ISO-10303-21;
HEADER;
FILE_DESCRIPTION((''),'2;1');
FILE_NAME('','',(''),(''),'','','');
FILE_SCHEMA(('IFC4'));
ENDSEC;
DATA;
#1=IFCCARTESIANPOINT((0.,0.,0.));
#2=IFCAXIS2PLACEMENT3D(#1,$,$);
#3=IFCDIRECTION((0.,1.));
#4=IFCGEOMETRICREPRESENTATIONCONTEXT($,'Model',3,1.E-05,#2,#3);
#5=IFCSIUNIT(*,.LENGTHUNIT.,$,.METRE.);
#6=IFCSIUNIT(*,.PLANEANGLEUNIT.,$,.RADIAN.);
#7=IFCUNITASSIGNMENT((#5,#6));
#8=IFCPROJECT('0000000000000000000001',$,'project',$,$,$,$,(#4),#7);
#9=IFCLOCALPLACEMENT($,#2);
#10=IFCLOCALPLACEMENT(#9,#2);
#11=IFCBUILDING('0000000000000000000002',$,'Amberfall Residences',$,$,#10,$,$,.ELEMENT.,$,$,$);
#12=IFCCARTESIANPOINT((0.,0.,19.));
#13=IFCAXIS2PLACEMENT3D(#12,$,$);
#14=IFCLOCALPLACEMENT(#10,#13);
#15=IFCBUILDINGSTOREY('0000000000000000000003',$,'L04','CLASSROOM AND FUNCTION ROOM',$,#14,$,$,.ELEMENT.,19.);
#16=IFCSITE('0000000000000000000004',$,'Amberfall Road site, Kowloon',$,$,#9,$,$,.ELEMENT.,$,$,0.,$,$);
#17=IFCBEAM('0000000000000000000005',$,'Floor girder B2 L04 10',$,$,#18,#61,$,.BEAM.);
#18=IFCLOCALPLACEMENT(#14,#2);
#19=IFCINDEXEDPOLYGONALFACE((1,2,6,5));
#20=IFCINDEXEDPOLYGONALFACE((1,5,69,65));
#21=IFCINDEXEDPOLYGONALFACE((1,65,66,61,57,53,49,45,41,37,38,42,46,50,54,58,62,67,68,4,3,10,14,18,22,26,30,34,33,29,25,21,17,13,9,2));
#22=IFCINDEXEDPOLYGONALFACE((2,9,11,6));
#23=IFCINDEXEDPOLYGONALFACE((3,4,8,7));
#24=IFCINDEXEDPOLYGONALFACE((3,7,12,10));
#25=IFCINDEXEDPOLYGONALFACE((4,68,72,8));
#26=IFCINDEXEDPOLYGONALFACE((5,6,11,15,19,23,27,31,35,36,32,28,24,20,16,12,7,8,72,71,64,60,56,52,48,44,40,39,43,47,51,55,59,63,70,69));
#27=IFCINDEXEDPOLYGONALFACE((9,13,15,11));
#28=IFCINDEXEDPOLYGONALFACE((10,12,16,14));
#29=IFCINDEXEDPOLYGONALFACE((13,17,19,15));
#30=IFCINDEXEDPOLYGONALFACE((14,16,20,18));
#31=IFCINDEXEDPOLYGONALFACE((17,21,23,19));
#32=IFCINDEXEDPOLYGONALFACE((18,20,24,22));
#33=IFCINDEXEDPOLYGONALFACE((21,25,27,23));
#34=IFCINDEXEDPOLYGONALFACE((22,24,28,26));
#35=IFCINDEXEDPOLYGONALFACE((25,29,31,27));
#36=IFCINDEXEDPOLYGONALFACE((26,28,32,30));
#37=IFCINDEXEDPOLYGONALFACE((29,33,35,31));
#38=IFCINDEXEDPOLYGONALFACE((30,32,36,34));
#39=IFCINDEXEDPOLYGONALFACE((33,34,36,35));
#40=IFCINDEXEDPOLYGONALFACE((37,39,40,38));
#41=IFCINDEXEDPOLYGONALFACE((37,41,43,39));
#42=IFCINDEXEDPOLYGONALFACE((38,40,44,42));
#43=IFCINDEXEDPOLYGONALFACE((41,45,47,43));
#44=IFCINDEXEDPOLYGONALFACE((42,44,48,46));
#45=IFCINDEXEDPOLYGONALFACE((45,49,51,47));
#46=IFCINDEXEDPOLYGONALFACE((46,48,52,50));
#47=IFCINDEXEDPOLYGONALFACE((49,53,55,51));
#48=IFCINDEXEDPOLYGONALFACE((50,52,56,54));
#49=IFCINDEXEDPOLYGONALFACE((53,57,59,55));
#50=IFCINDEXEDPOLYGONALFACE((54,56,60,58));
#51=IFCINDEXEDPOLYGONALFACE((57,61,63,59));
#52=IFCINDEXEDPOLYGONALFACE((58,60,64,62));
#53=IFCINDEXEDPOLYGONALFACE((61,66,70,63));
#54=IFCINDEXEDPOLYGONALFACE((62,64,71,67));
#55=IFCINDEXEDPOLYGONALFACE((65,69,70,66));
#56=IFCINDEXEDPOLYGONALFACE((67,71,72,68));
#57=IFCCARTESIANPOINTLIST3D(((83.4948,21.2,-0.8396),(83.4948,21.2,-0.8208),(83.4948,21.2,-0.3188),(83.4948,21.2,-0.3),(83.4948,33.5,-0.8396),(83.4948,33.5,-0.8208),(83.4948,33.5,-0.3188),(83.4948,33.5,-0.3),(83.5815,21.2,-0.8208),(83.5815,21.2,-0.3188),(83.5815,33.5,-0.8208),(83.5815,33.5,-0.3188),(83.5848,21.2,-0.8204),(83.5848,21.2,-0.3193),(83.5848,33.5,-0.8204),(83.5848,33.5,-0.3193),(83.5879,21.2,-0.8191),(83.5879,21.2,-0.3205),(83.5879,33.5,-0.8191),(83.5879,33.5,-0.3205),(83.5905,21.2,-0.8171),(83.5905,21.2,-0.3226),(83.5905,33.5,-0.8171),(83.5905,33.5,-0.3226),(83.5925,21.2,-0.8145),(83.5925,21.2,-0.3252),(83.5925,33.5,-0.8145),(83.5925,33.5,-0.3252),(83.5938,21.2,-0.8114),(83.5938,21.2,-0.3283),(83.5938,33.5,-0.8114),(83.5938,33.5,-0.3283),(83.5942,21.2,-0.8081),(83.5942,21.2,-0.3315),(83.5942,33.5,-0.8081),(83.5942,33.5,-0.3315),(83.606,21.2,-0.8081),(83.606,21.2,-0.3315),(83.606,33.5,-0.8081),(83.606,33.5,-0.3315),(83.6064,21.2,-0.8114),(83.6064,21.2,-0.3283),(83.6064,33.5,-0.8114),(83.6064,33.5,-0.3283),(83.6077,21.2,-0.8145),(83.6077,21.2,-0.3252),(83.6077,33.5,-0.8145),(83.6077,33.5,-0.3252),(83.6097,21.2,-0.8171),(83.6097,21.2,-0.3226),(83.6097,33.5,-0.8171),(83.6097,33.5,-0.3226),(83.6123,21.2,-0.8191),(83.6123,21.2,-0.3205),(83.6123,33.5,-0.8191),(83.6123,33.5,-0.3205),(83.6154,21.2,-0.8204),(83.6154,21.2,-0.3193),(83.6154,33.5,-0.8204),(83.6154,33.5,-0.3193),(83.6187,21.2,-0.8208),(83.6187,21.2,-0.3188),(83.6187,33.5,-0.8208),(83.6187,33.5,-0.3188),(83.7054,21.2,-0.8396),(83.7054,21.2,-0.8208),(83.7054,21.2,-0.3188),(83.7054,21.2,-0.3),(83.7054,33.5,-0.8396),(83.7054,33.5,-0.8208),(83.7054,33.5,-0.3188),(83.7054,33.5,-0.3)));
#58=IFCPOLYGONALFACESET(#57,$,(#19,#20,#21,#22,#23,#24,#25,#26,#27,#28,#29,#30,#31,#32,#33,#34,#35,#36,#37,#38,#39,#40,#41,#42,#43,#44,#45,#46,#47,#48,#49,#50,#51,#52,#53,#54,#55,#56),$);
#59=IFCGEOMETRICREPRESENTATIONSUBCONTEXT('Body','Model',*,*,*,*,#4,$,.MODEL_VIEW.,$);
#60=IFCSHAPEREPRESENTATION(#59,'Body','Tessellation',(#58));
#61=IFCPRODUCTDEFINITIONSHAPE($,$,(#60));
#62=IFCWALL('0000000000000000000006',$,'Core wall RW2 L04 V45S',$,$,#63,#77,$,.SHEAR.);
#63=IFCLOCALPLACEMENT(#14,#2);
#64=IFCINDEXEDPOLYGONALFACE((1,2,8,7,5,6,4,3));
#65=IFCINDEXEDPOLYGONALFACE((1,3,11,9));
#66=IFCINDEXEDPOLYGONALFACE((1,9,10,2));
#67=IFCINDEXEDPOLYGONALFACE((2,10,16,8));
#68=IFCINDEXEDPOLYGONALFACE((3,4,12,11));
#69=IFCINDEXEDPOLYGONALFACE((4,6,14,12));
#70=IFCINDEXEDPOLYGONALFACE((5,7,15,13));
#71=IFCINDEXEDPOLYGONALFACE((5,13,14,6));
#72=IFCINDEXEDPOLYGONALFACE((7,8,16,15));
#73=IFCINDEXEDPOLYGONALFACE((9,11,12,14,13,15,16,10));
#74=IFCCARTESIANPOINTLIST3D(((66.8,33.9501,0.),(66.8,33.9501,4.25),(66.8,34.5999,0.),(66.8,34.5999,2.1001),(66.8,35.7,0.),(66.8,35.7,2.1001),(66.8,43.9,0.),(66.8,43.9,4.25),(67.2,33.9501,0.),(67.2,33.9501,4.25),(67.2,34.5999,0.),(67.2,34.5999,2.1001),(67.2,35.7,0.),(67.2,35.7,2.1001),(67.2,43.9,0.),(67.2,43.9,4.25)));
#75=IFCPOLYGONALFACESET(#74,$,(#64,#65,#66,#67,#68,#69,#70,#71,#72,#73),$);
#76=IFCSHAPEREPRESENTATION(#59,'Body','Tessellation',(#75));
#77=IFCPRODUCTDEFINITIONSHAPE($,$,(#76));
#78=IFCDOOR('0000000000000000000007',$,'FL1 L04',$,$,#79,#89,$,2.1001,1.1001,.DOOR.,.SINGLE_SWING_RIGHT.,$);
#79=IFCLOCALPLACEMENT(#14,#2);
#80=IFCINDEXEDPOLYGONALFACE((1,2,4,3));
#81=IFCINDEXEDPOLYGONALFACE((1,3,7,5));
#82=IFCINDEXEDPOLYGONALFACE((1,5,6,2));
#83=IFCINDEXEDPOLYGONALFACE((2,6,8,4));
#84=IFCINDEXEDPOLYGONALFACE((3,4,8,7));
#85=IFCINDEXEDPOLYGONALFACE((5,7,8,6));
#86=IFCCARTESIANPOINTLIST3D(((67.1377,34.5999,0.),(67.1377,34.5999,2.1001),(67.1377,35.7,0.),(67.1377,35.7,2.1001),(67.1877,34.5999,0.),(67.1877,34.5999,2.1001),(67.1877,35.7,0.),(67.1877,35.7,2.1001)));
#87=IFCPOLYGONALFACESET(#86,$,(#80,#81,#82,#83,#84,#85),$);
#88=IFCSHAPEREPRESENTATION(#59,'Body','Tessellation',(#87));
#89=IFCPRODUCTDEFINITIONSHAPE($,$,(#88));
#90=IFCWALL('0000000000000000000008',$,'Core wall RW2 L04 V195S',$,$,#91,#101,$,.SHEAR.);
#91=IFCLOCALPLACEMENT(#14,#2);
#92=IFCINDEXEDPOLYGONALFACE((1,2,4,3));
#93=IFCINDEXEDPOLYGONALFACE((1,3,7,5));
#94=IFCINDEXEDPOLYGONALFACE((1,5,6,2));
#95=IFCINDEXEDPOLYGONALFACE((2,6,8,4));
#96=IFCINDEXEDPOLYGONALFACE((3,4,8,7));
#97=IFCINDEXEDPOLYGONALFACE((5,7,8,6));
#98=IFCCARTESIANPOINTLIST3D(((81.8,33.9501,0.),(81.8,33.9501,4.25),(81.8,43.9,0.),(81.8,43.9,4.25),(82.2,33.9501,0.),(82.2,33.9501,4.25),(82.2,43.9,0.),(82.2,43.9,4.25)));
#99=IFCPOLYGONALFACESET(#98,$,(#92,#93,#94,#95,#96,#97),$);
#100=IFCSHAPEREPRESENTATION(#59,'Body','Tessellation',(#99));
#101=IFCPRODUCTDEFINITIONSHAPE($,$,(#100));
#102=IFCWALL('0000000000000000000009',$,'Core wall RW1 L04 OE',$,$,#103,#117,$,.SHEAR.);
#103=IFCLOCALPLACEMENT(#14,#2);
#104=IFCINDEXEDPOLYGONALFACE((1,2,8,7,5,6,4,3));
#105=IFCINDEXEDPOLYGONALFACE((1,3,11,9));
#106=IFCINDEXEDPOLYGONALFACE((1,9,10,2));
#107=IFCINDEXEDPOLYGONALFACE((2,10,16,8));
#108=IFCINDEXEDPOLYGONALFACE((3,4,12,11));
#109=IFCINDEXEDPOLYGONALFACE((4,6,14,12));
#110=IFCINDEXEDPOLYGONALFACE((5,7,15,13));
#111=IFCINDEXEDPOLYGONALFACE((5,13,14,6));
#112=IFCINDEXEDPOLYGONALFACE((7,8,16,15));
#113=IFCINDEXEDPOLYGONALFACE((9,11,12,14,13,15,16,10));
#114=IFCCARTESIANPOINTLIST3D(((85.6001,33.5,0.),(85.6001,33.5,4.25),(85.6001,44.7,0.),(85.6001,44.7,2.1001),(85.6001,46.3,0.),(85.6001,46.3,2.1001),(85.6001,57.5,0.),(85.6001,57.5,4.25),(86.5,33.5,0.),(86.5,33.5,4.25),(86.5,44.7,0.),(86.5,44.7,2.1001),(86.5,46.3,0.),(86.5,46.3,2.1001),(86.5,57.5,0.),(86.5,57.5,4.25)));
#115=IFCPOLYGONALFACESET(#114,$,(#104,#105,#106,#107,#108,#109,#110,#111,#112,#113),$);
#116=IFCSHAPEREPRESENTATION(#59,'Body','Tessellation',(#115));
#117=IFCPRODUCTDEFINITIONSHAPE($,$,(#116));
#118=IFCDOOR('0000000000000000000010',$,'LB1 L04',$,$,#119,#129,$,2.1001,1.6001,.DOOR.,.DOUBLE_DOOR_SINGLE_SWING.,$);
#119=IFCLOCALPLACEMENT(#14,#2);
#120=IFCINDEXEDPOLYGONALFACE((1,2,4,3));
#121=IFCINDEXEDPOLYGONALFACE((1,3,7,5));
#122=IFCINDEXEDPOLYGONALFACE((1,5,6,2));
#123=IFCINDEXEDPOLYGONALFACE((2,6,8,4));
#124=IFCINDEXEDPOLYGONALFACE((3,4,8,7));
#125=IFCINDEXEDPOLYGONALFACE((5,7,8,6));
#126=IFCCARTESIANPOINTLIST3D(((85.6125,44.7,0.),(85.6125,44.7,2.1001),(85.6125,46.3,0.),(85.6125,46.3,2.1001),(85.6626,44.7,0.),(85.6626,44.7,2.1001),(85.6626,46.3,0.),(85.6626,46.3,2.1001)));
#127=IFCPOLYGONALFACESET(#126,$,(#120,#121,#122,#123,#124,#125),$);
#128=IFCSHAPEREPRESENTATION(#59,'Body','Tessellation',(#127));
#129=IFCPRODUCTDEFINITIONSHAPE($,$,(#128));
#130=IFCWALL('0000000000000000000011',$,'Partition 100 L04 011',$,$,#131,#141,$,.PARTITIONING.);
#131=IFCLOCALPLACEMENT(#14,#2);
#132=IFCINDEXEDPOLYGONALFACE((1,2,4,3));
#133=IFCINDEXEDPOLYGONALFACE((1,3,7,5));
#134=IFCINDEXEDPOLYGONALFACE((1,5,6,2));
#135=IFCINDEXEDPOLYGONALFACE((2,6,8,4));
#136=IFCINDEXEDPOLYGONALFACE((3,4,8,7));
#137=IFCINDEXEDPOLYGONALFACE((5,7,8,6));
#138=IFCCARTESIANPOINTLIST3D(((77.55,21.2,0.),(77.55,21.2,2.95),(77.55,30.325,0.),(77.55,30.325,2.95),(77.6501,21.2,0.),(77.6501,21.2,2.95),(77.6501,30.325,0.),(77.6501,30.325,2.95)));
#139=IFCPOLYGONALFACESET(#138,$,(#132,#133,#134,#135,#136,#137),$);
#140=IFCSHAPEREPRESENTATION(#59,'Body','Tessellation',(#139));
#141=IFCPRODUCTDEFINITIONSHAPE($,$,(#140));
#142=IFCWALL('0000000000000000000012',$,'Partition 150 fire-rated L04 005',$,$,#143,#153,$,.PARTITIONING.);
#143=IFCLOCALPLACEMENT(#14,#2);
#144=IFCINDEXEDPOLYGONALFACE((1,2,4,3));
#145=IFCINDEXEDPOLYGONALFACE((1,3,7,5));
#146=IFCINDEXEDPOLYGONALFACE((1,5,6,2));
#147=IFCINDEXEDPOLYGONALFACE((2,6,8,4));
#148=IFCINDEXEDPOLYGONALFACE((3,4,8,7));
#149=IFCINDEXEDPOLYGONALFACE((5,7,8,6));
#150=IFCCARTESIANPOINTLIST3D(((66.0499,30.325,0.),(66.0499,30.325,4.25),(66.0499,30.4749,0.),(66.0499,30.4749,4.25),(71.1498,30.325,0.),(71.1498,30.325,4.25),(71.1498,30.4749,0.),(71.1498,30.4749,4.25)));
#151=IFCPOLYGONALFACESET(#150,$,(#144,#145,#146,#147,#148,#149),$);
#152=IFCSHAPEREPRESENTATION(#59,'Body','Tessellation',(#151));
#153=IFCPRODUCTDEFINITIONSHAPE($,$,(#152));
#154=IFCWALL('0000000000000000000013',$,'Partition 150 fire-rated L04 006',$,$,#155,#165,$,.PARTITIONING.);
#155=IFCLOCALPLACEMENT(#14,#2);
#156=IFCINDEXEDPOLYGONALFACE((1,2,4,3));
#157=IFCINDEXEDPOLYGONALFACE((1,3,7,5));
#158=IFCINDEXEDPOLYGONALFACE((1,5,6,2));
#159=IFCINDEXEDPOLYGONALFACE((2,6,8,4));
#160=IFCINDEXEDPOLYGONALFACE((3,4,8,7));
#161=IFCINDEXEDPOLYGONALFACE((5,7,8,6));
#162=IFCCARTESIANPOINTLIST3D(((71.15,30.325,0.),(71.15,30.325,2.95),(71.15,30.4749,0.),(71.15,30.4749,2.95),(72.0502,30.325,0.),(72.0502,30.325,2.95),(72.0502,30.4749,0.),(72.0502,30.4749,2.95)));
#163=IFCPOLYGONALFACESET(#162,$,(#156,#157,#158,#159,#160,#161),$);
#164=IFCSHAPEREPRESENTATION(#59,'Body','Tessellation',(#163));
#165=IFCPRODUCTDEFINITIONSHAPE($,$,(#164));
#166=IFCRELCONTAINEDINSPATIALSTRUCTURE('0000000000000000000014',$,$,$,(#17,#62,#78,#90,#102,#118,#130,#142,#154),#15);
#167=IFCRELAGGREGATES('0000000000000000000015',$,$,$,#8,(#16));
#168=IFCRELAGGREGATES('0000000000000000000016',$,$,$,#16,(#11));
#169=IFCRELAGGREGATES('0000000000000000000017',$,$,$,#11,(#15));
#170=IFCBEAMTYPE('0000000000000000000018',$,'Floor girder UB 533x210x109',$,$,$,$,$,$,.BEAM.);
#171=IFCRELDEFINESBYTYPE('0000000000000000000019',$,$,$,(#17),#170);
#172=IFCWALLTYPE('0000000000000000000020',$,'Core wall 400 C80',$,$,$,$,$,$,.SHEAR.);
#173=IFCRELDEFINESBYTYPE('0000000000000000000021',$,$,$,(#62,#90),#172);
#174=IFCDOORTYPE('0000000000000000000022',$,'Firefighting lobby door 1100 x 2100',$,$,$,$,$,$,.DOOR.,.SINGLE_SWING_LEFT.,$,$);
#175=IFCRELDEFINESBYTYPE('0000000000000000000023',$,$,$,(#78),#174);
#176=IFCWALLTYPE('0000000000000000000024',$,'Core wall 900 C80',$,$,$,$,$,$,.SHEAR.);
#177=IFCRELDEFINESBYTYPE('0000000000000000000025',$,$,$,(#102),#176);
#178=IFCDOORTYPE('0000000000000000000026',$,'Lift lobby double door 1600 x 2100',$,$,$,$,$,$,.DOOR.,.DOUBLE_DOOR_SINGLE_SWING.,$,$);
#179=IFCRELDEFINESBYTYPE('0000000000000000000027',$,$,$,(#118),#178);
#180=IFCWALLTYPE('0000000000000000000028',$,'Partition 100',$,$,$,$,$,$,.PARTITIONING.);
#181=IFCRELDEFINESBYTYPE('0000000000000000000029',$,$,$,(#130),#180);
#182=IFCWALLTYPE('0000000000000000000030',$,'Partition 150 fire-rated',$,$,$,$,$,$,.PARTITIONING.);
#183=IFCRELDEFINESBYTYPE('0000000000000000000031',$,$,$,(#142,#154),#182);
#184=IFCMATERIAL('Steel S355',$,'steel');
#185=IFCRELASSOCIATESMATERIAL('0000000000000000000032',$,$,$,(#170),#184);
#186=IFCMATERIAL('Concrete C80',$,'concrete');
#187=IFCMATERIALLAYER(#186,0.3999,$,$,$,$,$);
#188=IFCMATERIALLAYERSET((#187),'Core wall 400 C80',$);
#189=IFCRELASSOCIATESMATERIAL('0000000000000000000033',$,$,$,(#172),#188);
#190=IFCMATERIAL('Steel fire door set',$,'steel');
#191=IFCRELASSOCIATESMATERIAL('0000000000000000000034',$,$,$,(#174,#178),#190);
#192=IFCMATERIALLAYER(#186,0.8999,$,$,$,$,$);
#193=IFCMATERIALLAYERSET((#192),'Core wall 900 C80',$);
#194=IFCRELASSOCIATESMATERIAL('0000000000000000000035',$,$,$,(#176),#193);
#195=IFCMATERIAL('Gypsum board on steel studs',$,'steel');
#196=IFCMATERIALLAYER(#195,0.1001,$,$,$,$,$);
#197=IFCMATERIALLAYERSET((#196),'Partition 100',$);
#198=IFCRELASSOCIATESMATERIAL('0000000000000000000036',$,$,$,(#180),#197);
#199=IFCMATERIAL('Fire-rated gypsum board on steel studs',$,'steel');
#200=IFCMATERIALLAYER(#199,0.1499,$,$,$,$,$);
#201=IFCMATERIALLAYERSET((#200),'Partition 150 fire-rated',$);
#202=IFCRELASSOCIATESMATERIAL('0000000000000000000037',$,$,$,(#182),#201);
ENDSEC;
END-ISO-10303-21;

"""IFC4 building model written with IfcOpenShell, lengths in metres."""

from ifc_helpers import new_model, si_unit, direction, frame, frame_2d, origin, origin_2d, place, context, subcontext, project, spatial, rectangle, i_section, extrude, material, layer, layer_set, material_profile, profile_set, type_object, element, fill, save


model = new_model("IFC4")

# Units and contexts
model_context = context("Model", 3, precision=1e-05, world=origin(), true_north=direction((0.0, 1.0)))
body_context = subcontext(model_context, "Body", "Model", "MODEL_VIEW")
ifc_project = project(units=[si_unit("LENGTHUNIT", "METRE"), si_unit("PLANEANGLEUNIT", "RADIAN")], contexts=[model_context])

# Site, building, storey
site_placement = place(None, origin())
site = spatial("IfcSite", under=ifc_project, at=site_placement, Name="Amberfall Road site, Kowloon", CompositionType="ELEMENT", RefElevation=0.0)
building_placement = place(site_placement, origin())
building = spatial("IfcBuilding", under=site, at=building_placement, Name="Amberfall Residences", CompositionType="ELEMENT")
storey_placement = place(building_placement, frame((0.0, 0.0, 19.0)))
storey = spatial("IfcBuildingStorey", under=building, at=storey_placement, Name="L04", Description="CLASSROOM AND FUNCTION ROOM", CompositionType="ELEMENT", Elevation=19.0)

# Beam
ifc_material_1 = material(Name="Steel S355", Category="steel")
ifc_material_profile = material_profile(ifc_material_1, i_section(OverallWidth=0.2107, OverallDepth=0.5396, WebThickness=0.0117, FlangeThickness=0.0188, FilletRadius=0.0127, at=origin_2d()), Name="UB 533x210x109")
ifc_profile_set = profile_set([ifc_material_profile], Name="Steel S355")
beam_type = type_object("IfcBeamType", Name="Floor girder UB 533x210x109", PredefinedType="BEAM", material=ifc_profile_set)
beam_placement = place(storey_placement, frame((83.6001, 21.2, -0.5698), z_axis=(0.0, 1.0, 0.0), x_axis=(-1.0, 0.0, 0.0)))
element("IfcBeam", 1, at=beam_placement, inside=storey, type_object=beam_type, Name="Floor girder B2 L04 10", PredefinedType="BEAM", context=body_context, shape_type="SweptSolid", body=[
    extrude(i_section(OverallWidth=0.2107, OverallDepth=0.5396, WebThickness=0.0117, FlangeThickness=0.0188, FilletRadius=0.0127, at=origin_2d()), origin(), (0.0, 0.0, 1.0), 12.3),
])

# Wall, opening, door
ifc_material_2 = material(Name="Concrete C80", Category="concrete")
ifc_layer_1 = layer(ifc_material_2, 0.3999)
ifc_layer_set_1 = layer_set([ifc_layer_1], Name="Core wall 400 C80")
wall_type_1 = type_object("IfcWallType", Name="Core wall 400 C80", PredefinedType="SHEAR", material=ifc_layer_set_1)
wall_1_placement = place(storey_placement, frame((67.0, 33.95, 0.0), z_axis=(0.0, 0.0, 1.0), x_axis=(0.0, 1.0, 0.0)))
wall_1 = element("IfcWall", 2, at=wall_1_placement, inside=storey, type_object=wall_type_1, Name="Core wall RW2 L04 V45S", PredefinedType="SHEAR", context=body_context, shape_type="SweptSolid", body=[
    extrude(rectangle(XDim=9.95, YDim=0.3999, at=frame_2d((4.9751, 0.0))), origin(), (0.0, 0.0, 1.0), 4.25),
])
opening_1_placement = place(wall_1_placement, frame((0.6499, 0.0, 0.0)))
opening_1 = element("IfcOpeningElement", 3, at=opening_1_placement, cuts=wall_1, PredefinedType="OPENING", context=body_context, shape_type="SweptSolid", body=[
    extrude(rectangle(XDim=1.1001, YDim=2.1001, at=frame_2d((0.55, 1.05))), frame((0.0, 0.21, 0.0), z_axis=(0.0, -1.0, 0.0), x_axis=(1.0, 0.0, 0.0)), (0.0, 0.0, 1.0), 0.4199),
])
ifc_material_3 = material(Name="Steel fire door set", Category="steel")
door_type_1 = type_object("IfcDoorType", Name="Firefighting lobby door 1100 x 2100", OperationType="SINGLE_SWING_LEFT", PredefinedType="DOOR", material=ifc_material_3)
door_1_placement = place(opening_1_placement, origin())
door_1 = element("IfcDoor", 4, at=door_1_placement, inside=storey, type_object=door_type_1, Name="FL1 L04", OperationType="SINGLE_SWING_RIGHT", OverallHeight=2.1001, OverallWidth=1.1001, PredefinedType="DOOR", context=body_context, shape_type="SweptSolid", body=[
    extrude(rectangle(XDim=1.1001, YDim=2.1001, at=frame_2d((0.55, 1.05))), frame((0.0, -0.1377, 0.0), z_axis=(0.0, -1.0, 0.0), x_axis=(1.0, 0.0, 0.0)), (0.0, 0.0, 1.0), 0.05),
])
fill(opening_1, door_1)

# Wall
wall_2_placement = place(storey_placement, frame((82.0, 33.95, 0.0), z_axis=(0.0, 0.0, 1.0), x_axis=(0.0, 1.0, 0.0)))
element("IfcWall", 5, at=wall_2_placement, inside=storey, type_object=wall_type_1, Name="Core wall RW2 L04 V195S", PredefinedType="SHEAR", context=body_context, shape_type="SweptSolid", body=[
    extrude(rectangle(XDim=9.95, YDim=0.3999, at=frame_2d((4.9751, 0.0))), origin(), (0.0, 0.0, 1.0), 4.25),
])

# Wall, opening, door
ifc_layer_2 = layer(ifc_material_2, 0.8999)
ifc_layer_set_2 = layer_set([ifc_layer_2], Name="Core wall 900 C80")
wall_type_2 = type_object("IfcWallType", Name="Core wall 900 C80", PredefinedType="SHEAR", material=ifc_layer_set_2)
wall_3_placement = place(storey_placement, frame((86.05, 33.5, 0.0), z_axis=(0.0, 0.0, 1.0), x_axis=(0.0, 1.0, 0.0)))
wall_3 = element("IfcWall", 6, at=wall_3_placement, inside=storey, type_object=wall_type_2, Name="Core wall RW1 L04 OE", PredefinedType="SHEAR", context=body_context, shape_type="SweptSolid", body=[
    extrude(rectangle(XDim=24.0, YDim=0.8999, at=frame_2d((12.0, 0.0))), origin(), (0.0, 0.0, 1.0), 4.25),
])
opening_2_placement = place(wall_3_placement, frame((11.2, 0.0, 0.0)))
opening_2 = element("IfcOpeningElement", 7, at=opening_2_placement, cuts=wall_3, PredefinedType="OPENING", context=body_context, shape_type="SweptSolid", body=[
    extrude(rectangle(XDim=1.6001, YDim=2.1001, at=frame_2d((0.8, 1.05))), frame((0.0, 0.46, 0.0), z_axis=(0.0, -1.0, 0.0), x_axis=(1.0, 0.0, 0.0)), (0.0, 0.0, 1.0), 0.9199),
])
door_type_2 = type_object("IfcDoorType", Name="Lift lobby double door 1600 x 2100", OperationType="DOUBLE_DOOR_SINGLE_SWING", PredefinedType="DOOR", material=ifc_material_3)
door_2_placement = place(opening_2_placement, origin())
door_2 = element("IfcDoor", 8, at=door_2_placement, inside=storey, type_object=door_type_2, Name="LB1 L04", OperationType="DOUBLE_DOOR_SINGLE_SWING", OverallHeight=2.1001, OverallWidth=1.6001, PredefinedType="DOOR", context=body_context, shape_type="SweptSolid", body=[
    extrude(rectangle(XDim=1.6001, YDim=2.1001, at=frame_2d((0.8, 1.05))), frame((0.0, 0.4375, 0.0), z_axis=(0.0, -1.0, 0.0), x_axis=(1.0, 0.0, 0.0)), (0.0, 0.0, 1.0), 0.05),
])
fill(opening_2, door_2)

# Walls
ifc_material_4 = material(Name="Gypsum board on steel studs", Category="steel")
ifc_layer_3 = layer(ifc_material_4, 0.1001)
ifc_layer_set_3 = layer_set([ifc_layer_3], Name="Partition 100")
wall_type_3 = type_object("IfcWallType", Name="Partition 100", PredefinedType="PARTITIONING", material=ifc_layer_set_3)
wall_4_placement = place(storey_placement, frame((77.6001, 21.2, 0.0), z_axis=(0.0, 0.0, 1.0), x_axis=(0.0, 1.0, 0.0)))
element("IfcWall", 9, at=wall_4_placement, inside=storey, type_object=wall_type_3, Name="Partition 100 L04 011", PredefinedType="PARTITIONING", context=body_context, shape_type="SweptSolid", body=[
    extrude(rectangle(XDim=9.125, YDim=0.1001, at=frame_2d((4.5625, 0.0))), origin(), (0.0, 0.0, 1.0), 2.95),
])
ifc_material_5 = material(Name="Fire-rated gypsum board on steel studs", Category="steel")
ifc_layer_4 = layer(ifc_material_5, 0.1499)
ifc_layer_set_4 = layer_set([ifc_layer_4], Name="Partition 150 fire-rated")
wall_type_4 = type_object("IfcWallType", Name="Partition 150 fire-rated", PredefinedType="PARTITIONING", material=ifc_layer_set_4)
wall_5_placement = place(storey_placement, frame((66.05, 30.3999, 0.0), z_axis=(0.0, 0.0, 1.0), x_axis=(1.0, 0.0, 0.0)))
element("IfcWall", 10, at=wall_5_placement, inside=storey, type_object=wall_type_4, Name="Partition 150 fire-rated L04 005", PredefinedType="PARTITIONING", context=body_context, shape_type="SweptSolid", body=[
    extrude(rectangle(XDim=5.0999, YDim=0.1499, at=frame_2d((2.5498, 0.0))), origin(), (0.0, 0.0, 1.0), 4.25),
])
wall_6_placement = place(storey_placement, frame((71.1499, 30.3999, 0.0), z_axis=(0.0, 0.0, 1.0), x_axis=(1.0, 0.0, 0.0)))
element("IfcWall", 11, at=wall_6_placement, inside=storey, type_object=wall_type_4, Name="Partition 150 fire-rated L04 006", PredefinedType="PARTITIONING", context=body_context, shape_type="SweptSolid", body=[
    extrude(rectangle(XDim=0.9001, YDim=0.1499, at=frame_2d((0.4502, 0.0))), origin(), (0.0, 0.0, 1.0), 2.95),
])

save(model, "model.ifc")
